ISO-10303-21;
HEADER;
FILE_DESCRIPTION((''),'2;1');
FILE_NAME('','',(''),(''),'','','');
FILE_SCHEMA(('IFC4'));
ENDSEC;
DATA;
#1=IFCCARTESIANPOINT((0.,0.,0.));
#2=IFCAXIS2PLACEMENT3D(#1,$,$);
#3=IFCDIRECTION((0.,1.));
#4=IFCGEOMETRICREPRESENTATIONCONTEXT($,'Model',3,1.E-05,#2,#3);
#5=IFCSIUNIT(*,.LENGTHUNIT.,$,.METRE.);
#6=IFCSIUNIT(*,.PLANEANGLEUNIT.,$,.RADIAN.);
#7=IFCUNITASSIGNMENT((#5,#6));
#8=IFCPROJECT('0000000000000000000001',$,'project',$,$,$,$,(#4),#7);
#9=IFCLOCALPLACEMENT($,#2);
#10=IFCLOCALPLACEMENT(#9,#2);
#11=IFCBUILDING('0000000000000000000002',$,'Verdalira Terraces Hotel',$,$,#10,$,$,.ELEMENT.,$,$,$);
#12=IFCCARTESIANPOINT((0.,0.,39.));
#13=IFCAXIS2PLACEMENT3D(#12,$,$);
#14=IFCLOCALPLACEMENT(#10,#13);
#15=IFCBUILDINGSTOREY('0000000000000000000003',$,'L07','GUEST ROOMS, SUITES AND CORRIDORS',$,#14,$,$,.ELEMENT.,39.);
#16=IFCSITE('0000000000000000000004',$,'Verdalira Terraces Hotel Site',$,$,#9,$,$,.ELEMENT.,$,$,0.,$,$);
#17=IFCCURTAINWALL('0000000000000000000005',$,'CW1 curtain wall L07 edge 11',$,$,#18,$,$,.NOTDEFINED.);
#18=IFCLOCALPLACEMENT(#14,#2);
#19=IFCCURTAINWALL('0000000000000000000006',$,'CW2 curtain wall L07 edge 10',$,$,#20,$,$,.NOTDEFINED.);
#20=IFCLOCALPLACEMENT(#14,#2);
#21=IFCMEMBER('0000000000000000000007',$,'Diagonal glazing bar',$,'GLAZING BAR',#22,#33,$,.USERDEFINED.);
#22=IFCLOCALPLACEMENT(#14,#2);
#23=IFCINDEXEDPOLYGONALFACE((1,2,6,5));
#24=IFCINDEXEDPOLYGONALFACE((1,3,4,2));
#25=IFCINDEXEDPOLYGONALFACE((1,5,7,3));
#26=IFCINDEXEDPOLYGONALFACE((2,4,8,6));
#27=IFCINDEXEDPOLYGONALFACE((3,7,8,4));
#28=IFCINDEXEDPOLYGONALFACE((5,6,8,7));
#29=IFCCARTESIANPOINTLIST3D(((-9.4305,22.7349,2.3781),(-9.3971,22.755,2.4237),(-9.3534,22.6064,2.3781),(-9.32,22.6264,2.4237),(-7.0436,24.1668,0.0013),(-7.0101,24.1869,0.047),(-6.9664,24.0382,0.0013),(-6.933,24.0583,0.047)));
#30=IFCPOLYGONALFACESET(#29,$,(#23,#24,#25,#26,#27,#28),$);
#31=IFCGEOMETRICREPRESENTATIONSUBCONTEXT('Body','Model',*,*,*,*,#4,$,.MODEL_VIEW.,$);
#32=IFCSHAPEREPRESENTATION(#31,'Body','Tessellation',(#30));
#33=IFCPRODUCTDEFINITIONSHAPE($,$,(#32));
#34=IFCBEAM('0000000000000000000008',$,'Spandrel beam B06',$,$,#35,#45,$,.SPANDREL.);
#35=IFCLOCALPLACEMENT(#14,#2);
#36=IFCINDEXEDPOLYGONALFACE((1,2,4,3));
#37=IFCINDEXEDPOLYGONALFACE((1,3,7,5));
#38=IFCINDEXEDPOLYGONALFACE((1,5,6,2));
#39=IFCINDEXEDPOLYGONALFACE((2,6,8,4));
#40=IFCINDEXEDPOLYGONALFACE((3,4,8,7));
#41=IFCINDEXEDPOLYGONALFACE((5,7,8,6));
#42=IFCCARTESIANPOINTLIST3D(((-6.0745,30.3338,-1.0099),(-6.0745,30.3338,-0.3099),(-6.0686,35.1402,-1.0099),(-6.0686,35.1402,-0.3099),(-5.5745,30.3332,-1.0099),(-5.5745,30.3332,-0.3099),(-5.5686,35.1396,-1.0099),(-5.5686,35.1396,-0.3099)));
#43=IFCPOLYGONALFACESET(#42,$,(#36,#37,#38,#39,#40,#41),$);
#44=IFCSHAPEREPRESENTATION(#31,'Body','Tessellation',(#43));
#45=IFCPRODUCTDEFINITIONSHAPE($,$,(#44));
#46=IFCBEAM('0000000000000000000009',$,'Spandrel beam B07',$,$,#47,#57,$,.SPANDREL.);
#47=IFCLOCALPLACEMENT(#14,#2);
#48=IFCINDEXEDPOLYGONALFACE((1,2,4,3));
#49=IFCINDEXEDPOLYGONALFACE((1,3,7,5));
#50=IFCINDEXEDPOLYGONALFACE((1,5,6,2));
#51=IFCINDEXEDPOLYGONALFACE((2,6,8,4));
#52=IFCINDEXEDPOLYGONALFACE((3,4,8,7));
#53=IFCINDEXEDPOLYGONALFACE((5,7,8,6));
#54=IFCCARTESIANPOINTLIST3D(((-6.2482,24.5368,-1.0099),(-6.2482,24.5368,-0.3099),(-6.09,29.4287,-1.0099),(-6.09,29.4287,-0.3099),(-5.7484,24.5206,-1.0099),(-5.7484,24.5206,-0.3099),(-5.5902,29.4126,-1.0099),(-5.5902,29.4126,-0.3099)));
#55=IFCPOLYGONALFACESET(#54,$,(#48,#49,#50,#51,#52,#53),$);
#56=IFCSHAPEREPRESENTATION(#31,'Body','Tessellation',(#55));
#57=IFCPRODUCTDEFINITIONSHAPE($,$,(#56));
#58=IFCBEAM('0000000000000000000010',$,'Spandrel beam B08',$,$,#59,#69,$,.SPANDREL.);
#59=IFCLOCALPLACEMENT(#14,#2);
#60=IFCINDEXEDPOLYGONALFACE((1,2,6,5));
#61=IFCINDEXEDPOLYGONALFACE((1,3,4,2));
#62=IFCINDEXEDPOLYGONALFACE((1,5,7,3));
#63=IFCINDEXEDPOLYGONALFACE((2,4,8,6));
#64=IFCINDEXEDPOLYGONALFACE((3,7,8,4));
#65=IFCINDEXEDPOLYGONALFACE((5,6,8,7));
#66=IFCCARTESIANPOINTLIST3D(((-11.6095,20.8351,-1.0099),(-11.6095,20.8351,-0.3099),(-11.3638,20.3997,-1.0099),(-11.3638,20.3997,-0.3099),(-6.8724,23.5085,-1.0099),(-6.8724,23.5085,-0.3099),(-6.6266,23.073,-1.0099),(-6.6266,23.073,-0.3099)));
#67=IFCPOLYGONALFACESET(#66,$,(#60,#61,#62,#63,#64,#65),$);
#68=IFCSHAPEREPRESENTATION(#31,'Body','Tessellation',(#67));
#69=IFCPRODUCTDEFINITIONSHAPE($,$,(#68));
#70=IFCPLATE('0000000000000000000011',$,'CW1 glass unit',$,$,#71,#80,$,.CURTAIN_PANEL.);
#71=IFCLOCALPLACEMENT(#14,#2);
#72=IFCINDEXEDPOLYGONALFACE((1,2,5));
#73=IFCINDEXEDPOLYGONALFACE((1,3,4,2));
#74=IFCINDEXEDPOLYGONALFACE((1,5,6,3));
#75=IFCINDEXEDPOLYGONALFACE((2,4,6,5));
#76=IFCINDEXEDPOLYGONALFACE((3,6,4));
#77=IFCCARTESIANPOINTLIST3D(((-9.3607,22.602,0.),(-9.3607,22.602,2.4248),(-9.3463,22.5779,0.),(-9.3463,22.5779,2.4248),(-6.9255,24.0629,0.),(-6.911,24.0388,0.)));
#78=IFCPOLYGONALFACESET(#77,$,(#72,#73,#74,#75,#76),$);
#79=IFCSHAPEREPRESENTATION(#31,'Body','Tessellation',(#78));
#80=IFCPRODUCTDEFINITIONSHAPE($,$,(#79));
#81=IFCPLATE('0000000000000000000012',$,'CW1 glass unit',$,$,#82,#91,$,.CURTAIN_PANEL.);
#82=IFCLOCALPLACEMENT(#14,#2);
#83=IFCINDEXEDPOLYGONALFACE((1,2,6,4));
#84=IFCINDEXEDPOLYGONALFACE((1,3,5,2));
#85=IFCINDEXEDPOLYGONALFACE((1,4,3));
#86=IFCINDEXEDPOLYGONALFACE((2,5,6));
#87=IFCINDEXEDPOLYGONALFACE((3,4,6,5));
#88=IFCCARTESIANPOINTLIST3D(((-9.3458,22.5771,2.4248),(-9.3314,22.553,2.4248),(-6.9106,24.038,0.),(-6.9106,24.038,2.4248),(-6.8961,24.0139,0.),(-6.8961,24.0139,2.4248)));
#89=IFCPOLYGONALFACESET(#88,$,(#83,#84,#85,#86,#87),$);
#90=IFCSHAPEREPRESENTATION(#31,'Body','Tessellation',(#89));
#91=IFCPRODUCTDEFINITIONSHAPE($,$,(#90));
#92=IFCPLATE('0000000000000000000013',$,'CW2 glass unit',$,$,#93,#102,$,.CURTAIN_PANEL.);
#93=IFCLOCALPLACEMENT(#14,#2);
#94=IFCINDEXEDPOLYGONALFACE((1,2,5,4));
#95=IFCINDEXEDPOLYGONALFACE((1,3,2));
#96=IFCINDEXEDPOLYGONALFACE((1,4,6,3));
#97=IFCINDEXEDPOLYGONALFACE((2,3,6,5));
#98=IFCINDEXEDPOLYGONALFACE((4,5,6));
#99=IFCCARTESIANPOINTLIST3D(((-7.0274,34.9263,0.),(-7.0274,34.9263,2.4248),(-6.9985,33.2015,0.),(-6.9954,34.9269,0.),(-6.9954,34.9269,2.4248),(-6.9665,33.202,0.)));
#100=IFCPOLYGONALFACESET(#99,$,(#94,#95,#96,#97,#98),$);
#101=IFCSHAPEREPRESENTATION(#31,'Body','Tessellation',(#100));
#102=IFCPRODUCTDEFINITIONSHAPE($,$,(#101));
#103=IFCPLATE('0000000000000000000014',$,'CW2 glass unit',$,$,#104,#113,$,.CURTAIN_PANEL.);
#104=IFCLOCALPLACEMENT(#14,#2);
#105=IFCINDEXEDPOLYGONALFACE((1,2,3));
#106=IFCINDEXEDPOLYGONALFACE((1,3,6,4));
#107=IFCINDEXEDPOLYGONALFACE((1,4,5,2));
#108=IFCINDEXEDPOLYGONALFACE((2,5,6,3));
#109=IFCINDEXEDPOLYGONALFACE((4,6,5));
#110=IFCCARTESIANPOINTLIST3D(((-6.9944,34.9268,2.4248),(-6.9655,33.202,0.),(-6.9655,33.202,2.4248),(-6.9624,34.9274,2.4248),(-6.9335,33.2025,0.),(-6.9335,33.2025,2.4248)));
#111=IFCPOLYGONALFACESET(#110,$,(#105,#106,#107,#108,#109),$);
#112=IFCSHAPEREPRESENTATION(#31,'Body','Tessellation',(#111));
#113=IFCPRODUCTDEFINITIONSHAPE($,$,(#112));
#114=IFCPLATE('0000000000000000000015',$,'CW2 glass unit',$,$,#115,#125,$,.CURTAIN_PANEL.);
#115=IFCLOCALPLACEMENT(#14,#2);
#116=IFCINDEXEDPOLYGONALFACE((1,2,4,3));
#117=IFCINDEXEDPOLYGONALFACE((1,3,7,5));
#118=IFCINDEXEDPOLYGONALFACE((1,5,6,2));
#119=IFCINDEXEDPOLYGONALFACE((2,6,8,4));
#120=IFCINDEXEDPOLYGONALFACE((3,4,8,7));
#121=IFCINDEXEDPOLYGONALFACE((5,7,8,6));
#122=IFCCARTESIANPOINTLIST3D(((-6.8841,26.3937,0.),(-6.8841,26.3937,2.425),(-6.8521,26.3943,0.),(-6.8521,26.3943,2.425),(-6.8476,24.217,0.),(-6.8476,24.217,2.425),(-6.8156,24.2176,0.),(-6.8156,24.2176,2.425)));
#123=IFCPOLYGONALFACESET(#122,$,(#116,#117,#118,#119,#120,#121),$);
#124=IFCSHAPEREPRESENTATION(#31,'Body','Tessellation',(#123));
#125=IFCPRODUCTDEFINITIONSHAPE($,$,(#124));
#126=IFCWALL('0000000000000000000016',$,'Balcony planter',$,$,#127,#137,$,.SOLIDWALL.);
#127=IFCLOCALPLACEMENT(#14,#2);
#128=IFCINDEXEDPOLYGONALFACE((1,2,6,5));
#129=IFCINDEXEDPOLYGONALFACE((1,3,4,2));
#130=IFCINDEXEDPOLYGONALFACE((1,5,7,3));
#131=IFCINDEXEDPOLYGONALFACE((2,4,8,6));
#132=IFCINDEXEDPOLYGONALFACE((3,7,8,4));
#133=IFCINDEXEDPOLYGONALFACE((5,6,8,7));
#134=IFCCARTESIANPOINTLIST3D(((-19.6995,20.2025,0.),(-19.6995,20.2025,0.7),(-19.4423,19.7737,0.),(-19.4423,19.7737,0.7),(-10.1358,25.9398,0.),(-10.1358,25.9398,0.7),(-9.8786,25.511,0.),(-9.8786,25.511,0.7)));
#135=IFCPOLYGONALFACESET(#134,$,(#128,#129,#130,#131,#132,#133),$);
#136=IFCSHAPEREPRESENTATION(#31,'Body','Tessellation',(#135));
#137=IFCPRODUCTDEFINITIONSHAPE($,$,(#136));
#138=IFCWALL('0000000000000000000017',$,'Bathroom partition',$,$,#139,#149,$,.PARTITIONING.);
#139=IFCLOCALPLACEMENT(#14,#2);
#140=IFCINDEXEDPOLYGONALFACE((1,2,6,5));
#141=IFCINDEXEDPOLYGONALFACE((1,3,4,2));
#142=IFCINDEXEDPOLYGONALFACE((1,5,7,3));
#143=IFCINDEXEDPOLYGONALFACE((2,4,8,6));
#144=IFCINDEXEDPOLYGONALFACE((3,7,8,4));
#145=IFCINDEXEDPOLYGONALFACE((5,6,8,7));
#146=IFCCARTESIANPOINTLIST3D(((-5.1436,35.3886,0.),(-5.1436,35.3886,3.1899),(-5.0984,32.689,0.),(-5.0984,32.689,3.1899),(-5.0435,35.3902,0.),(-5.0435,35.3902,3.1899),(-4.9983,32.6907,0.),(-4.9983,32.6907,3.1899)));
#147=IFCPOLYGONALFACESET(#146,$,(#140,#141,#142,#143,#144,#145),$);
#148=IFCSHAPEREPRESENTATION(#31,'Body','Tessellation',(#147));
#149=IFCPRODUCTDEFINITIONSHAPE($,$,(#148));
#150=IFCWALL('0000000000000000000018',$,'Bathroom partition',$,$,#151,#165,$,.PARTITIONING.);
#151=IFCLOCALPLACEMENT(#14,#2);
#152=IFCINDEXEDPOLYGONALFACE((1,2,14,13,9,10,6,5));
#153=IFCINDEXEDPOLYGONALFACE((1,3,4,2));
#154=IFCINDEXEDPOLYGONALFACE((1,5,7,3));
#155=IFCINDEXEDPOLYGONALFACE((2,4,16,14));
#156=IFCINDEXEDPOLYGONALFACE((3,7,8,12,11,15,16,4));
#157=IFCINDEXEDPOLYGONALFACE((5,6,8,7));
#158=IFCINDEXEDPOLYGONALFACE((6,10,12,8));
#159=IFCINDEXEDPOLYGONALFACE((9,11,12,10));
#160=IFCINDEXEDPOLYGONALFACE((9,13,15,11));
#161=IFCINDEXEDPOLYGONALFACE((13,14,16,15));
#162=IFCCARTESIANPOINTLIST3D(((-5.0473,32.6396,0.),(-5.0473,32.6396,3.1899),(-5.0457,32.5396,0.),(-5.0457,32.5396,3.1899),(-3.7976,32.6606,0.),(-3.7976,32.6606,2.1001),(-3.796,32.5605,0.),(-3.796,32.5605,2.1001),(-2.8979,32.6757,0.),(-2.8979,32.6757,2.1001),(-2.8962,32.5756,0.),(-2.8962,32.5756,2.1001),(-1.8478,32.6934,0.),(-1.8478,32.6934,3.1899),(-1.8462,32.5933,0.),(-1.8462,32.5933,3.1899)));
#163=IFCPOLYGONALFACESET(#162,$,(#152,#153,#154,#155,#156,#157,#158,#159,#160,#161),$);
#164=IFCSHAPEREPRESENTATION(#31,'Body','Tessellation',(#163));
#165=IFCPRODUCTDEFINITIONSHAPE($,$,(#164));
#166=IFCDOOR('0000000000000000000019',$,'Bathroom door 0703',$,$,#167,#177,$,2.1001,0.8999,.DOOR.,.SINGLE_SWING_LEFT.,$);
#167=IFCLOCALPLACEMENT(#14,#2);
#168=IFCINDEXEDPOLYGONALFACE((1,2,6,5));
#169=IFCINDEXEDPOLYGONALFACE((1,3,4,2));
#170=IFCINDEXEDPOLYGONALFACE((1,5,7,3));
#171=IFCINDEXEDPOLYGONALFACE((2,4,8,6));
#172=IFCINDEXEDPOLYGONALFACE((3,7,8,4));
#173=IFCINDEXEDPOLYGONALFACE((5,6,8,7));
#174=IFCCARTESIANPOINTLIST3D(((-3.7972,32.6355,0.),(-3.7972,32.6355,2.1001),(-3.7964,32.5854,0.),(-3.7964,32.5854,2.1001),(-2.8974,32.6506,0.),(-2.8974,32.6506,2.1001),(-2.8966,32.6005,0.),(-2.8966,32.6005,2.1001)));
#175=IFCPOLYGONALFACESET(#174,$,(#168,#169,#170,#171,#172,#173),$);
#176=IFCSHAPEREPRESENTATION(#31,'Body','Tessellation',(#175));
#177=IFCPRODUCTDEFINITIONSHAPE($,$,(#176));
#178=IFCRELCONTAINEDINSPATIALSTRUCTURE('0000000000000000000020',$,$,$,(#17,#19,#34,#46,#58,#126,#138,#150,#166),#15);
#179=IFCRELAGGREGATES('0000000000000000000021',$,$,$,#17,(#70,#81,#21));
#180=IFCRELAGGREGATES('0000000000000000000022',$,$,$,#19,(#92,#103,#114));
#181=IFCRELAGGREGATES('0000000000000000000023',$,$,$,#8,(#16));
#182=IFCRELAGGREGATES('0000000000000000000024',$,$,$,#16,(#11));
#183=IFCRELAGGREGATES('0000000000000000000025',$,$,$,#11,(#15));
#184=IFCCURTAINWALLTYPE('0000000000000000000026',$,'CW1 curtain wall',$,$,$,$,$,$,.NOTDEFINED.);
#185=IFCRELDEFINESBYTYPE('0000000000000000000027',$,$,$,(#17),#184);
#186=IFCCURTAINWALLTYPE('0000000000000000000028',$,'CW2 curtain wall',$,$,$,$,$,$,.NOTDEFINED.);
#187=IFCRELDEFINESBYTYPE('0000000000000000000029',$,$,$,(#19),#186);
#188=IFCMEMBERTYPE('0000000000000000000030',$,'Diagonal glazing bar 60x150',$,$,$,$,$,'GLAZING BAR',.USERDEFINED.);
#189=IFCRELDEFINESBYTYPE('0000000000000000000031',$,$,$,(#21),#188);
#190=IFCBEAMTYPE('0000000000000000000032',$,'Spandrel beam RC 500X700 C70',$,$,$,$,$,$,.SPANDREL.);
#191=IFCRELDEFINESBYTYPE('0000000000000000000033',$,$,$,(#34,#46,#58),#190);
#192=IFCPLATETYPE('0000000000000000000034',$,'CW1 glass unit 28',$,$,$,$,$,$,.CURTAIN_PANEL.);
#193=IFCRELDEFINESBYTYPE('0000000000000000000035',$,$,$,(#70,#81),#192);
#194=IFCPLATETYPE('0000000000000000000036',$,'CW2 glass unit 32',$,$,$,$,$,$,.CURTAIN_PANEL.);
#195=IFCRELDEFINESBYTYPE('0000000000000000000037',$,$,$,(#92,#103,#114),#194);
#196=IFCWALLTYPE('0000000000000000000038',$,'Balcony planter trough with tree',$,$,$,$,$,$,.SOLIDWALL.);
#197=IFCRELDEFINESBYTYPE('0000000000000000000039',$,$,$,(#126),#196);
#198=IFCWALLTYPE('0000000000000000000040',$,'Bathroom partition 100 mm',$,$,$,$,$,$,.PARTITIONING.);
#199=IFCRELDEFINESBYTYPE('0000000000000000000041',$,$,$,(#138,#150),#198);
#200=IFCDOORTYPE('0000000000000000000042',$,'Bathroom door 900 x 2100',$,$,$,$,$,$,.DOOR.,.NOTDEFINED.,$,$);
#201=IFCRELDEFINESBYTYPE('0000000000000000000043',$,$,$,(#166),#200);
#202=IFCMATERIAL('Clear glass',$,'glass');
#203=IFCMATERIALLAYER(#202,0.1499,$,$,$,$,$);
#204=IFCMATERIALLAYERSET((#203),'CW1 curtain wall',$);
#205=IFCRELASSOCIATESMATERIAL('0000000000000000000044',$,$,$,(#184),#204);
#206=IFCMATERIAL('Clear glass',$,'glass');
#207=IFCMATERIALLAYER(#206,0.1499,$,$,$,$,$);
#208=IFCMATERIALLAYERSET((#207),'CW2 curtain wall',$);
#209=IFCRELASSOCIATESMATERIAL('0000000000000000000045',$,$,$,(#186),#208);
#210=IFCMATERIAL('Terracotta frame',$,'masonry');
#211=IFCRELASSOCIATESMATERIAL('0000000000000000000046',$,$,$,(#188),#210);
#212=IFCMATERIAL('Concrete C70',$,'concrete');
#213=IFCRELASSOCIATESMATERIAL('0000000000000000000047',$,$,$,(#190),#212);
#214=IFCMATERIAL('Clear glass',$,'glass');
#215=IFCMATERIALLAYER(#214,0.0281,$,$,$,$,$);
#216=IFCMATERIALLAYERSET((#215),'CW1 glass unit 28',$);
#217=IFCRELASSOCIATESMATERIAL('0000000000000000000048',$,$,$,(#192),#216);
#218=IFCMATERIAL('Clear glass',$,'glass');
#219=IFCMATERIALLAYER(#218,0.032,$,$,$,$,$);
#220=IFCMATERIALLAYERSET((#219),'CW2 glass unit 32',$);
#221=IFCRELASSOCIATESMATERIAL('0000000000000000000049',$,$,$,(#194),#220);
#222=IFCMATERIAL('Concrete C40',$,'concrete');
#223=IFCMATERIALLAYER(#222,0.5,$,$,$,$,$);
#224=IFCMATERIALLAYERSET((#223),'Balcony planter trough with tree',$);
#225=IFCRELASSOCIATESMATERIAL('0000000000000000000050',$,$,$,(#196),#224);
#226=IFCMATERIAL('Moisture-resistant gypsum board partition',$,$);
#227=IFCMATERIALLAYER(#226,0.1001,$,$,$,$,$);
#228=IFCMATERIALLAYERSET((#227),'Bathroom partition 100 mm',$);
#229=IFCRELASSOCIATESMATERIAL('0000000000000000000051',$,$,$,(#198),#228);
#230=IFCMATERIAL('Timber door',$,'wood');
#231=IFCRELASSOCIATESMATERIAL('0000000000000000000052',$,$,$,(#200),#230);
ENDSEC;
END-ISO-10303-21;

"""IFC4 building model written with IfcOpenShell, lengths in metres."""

from ifc_helpers import new_model, si_unit, direction, frame, frame_2d, origin, origin_2d, place, context, subcontext, project, spatial, polyline, rectangle, outline, extrude, material, layer, layer_set, material_profile, profile_set, type_object, element, fill, aggregate, save


model = new_model("IFC4")

# Units and contexts
model_context = context("Model", 3, precision=1e-05, world=origin(), true_north=direction((0.0, 1.0)))
body_context = subcontext(model_context, "Body", "Model", "MODEL_VIEW")
ifc_project = project(units=[si_unit("LENGTHUNIT", "METRE"), si_unit("PLANEANGLEUNIT", "RADIAN")], contexts=[model_context])

# Site, building, storey
site_placement = place(None, origin())
site = spatial("IfcSite", under=ifc_project, at=site_placement, Name="Verdalira Terraces Hotel Site", CompositionType="ELEMENT", RefElevation=0.0)
building_placement = place(site_placement, origin())
building = spatial("IfcBuilding", under=site, at=building_placement, Name="Verdalira Terraces Hotel", CompositionType="ELEMENT")
storey_placement = place(building_placement, frame((0.0, 0.0, 39.0)))
storey = spatial("IfcBuildingStorey", under=building, at=storey_placement, Name="L07", Description="GUEST ROOMS, SUITES AND CORRIDORS", CompositionType="ELEMENT", Elevation=39.0)

# Curtain walls
ifc_material_1 = material(Name="Clear glass", Category="glass")
ifc_layer_1 = layer(ifc_material_1, 0.1499)
ifc_layer_set_1 = layer_set([ifc_layer_1], Name="CW1 curtain wall")
curtain_wall_type_1 = type_object("IfcCurtainWallType", Name="CW1 curtain wall", PredefinedType="NOTDEFINED", material=ifc_layer_set_1)
curtain_wall_1_placement = place(storey_placement, origin())
curtain_wall_1 = element("IfcCurtainWall", 1, at=curtain_wall_1_placement, inside=storey, type_object=curtain_wall_type_1, Name="CW1 curtain wall L07 edge 11", PredefinedType="NOTDEFINED")
ifc_material_2 = material(Name="Clear glass", Category="glass")
ifc_layer_2 = layer(ifc_material_2, 0.1499)
ifc_layer_set_2 = layer_set([ifc_layer_2], Name="CW2 curtain wall")
curtain_wall_type_2 = type_object("IfcCurtainWallType", Name="CW2 curtain wall", PredefinedType="NOTDEFINED", material=ifc_layer_set_2)
curtain_wall_2_placement = place(storey_placement, origin())
curtain_wall_2 = element("IfcCurtainWall", 2, at=curtain_wall_2_placement, inside=storey, type_object=curtain_wall_type_2, Name="CW2 curtain wall L07 edge 10", PredefinedType="NOTDEFINED")
ifc_material_3 = material(Name="Terracotta frame", Category="masonry")
ifc_material_profile_1 = material_profile(ifc_material_3, rectangle(XDim=0.1499, YDim=0.0601, at=origin_2d()), Name="GB 60x150")
ifc_profile_set_1 = profile_set([ifc_material_profile_1], Name="Terracotta frame")
member_type_1 = type_object("IfcMemberType", Name="Diagonal glazing bar 60x150", ElementType="GLAZING BAR", PredefinedType="USERDEFINED", material=ifc_profile_set_1)

# Member
member_1_placement = place(storey_placement, frame((-6.9883, 24.1125, 0.0242), z_axis=(-0.652151, -0.39121, 0.649349), x_axis=(0.514418, -0.857539, 0.0)))
member_1 = element("IfcMember", 3, at=member_1_placement, type_object=member_type_1, Name="Diagonal glazing bar", ObjectType="GLAZING BAR", PredefinedType="USERDEFINED", context=body_context, shape_type="SweptSolid", body=[
    extrude(rectangle(XDim=0.1499, YDim=0.0601, at=origin_2d()), origin(), (0.0, 0.0, 1.0), 3.6602),
])

# Beams
ifc_material_4 = material(Name="Concrete C70", Category="concrete")
ifc_material_profile_2 = material_profile(ifc_material_4, rectangle(XDim=0.5, YDim=0.7, at=origin_2d()), Name="RC 500X700")
ifc_profile_set_2 = profile_set([ifc_material_profile_2], Name="Concrete C70")
beam_type_1 = type_object("IfcBeamType", Name="Spandrel beam RC 500X700 C70", PredefinedType="SPANDREL", material=ifc_profile_set_2)
beam_1_placement = place(storey_placement, frame((-5.8186, 35.1399, -0.6599), z_axis=(-0.001219, -0.999999, 0.0), x_axis=(0.999999, -0.001219, 0.0)))
element("IfcBeam", 4, at=beam_1_placement, inside=storey, type_object=beam_type_1, Name="Spandrel beam B06", PredefinedType="SPANDREL", context=body_context, shape_type="SweptSolid", body=[
    extrude(rectangle(XDim=0.5, YDim=0.7, at=origin_2d()), origin(), (0.0, 0.0, 1.0), 4.8064),
])
beam_2_placement = place(storey_placement, frame((-5.8401, 29.4207, -0.6599), z_axis=(-0.032322, -0.999478, 0.0), x_axis=(0.999478, -0.032322, 0.0)))
element("IfcBeam", 5, at=beam_2_placement, inside=storey, type_object=beam_type_1, Name="Spandrel beam B07", PredefinedType="SPANDREL", context=body_context, shape_type="SweptSolid", body=[
    extrude(rectangle(XDim=0.5, YDim=0.7, at=origin_2d()), origin(), (0.0, 0.0, 1.0), 4.8945),
])
beam_3_placement = place(storey_placement, frame((-6.7495, 23.2908, -0.6599), z_axis=(-0.870888, -0.491482, 0.0), x_axis=(0.491482, -0.870888, 0.0)))
element("IfcBeam", 6, at=beam_3_placement, inside=storey, type_object=beam_type_1, Name="Spandrel beam B08", PredefinedType="SPANDREL", context=body_context, shape_type="SweptSolid", body=[
    extrude(rectangle(XDim=0.5, YDim=0.7, at=origin_2d()), origin(), (0.0, 0.0, 1.0), 5.4395),
])

# Plates
ifc_material_5 = material(Name="Clear glass", Category="glass")
ifc_layer_3 = layer(ifc_material_5, 0.0281)
ifc_layer_set_3 = layer_set([ifc_layer_3], Name="CW1 glass unit 28")
plate_type_1 = type_object("IfcPlateType", Name="CW1 glass unit 28", PredefinedType="CURTAIN_PANEL", material=ifc_layer_set_3)
plate_1_placement = place(storey_placement, frame((-8.1287, 23.3084, 1.2124), z_axis=(-0.51444, 0.857527, 0.0), x_axis=(-0.857527, -0.51444, 0.0)))
plate_1 = element("IfcPlate", 7, at=plate_1_placement, type_object=plate_type_1, Name="CW1 glass unit", PredefinedType="CURTAIN_PANEL", context=body_context, shape_type="SweptSolid", body=[
    extrude(outline(polyline([(-1.4199, -1.2124), (1.4199, -1.2124), (1.4199, 1.2124), (-1.4199, -1.2124)])), origin(), (0.0, 0.0, 1.0), 0.0281),
])
plate_2_placement = place(storey_placement, frame((-8.1138, 23.2834, 1.2124), z_axis=(-0.51444, 0.857527, 0.0), x_axis=(-0.857527, -0.51444, 0.0)))
plate_2 = element("IfcPlate", 8, at=plate_2_placement, type_object=plate_type_1, Name="CW1 glass unit", PredefinedType="CURTAIN_PANEL", context=body_context, shape_type="SweptSolid", body=[
    extrude(outline(polyline([(-1.4199, -1.2124), (1.4199, 1.2124), (-1.4199, 1.2124), (-1.4199, -1.2124)])), origin(), (0.0, 0.0, 1.0), 0.0281),
])
aggregate(curtain_wall_1, [plate_1, plate_2, member_1])
ifc_material_6 = material(Name="Clear glass", Category="glass")
ifc_layer_4 = layer(ifc_material_6, 0.032)
ifc_layer_set_4 = layer_set([ifc_layer_4], Name="CW2 glass unit 32")
plate_type_2 = type_object("IfcPlateType", Name="CW2 glass unit 32", PredefinedType="CURTAIN_PANEL", material=ifc_layer_set_4)
plate_3_placement = place(storey_placement, frame((-6.981, 34.0645, 1.2124), z_axis=(-0.99986, -0.016754, 0.0), x_axis=(0.016754, -0.99986, 0.0)))
plate_3 = element("IfcPlate", 9, at=plate_3_placement, type_object=plate_type_2, Name="CW2 glass unit", PredefinedType="CURTAIN_PANEL", context=body_context, shape_type="SweptSolid", body=[
    extrude(outline(polyline([(-0.8625, -1.2124), (0.8625, -1.2124), (-0.8625, 1.2124), (-0.8625, -1.2124)])), origin(), (0.0, 0.0, 1.0), 0.032),
])
plate_4_placement = place(storey_placement, frame((-6.948, 34.0649, 1.2124), z_axis=(-0.99986, -0.016754, 0.0), x_axis=(0.016754, -0.99986, 0.0)))
plate_4 = element("IfcPlate", 10, at=plate_4_placement, type_object=plate_type_2, Name="CW2 glass unit", PredefinedType="CURTAIN_PANEL", context=body_context, shape_type="SweptSolid", body=[
    extrude(outline(polyline([(0.8625, -1.2124), (0.8625, 1.2124), (-0.8625, 1.2124), (0.8625, -1.2124)])), origin(), (0.0, 0.0, 1.0), 0.032),
])
plate_5_placement = place(storey_placement, frame((-6.8499, 25.3057, 0.0), z_axis=(0.0, 0.0, 1.0), x_axis=(0.016754, -0.99986, 0.0)))
plate_5 = element("IfcPlate", 11, at=plate_5_placement, type_object=plate_type_2, Name="CW2 glass unit", PredefinedType="CURTAIN_PANEL", context=body_context, shape_type="SweptSolid", body=[
    extrude(rectangle(XDim=2.177, YDim=0.032, at=origin_2d()), origin(), (0.0, 0.0, 1.0), 2.425),
])
aggregate(curtain_wall_2, [plate_3, plate_4, plate_5])

# Walls
ifc_material_7 = material(Name="Concrete C40", Category="concrete")
ifc_layer_5 = layer(ifc_material_7, 0.5)
ifc_layer_set_5 = layer_set([ifc_layer_5], Name="Balcony planter trough with tree")
wall_type_1 = type_object("IfcWallType", Name="Balcony planter trough with tree", PredefinedType="SOLIDWALL", material=ifc_layer_set_5)
wall_1_placement = place(storey_placement, frame((-10.0073, 25.7253, 0.0), z_axis=(0.0, 0.0, 1.0), x_axis=(-0.85753, -0.514435, 0.0)))
element("IfcWall", 12, at=wall_1_placement, inside=storey, type_object=wall_type_1, Name="Balcony planter", PredefinedType="SOLIDWALL", context=body_context, shape_type="SweptSolid", body=[
    extrude(rectangle(XDim=11.1526, YDim=0.5, at=frame_2d((5.5762, 0.0))), origin(), (0.0, 0.0, 1.0), 0.7),
])
ifc_material_8 = material(Name="Moisture-resistant gypsum board partition")
ifc_layer_6 = layer(ifc_material_8, 0.1001)
ifc_layer_set_6 = layer_set([ifc_layer_6], Name="Bathroom partition 100 mm")
wall_type_2 = type_object("IfcWallType", Name="Bathroom partition 100 mm", PredefinedType="PARTITIONING", material=ifc_layer_set_6)
wall_2_placement = place(storey_placement, frame((-5.0483, 32.6897, 0.0), z_axis=(0.0, 0.0, 1.0), x_axis=(-0.016729, 0.99986, 0.0)))
element("IfcWall", 13, at=wall_2_placement, inside=storey, type_object=wall_type_2, Name="Bathroom partition", PredefinedType="PARTITIONING", context=body_context, shape_type="SweptSolid", body=[
    extrude(rectangle(XDim=2.7, YDim=0.1001, at=frame_2d((1.3501, 0.0))), origin(), (0.0, 0.0, 1.0), 3.1899),
])

# Wall, opening, door
wall_3_placement = place(storey_placement, frame((-5.0466, 32.5896, 0.0), z_axis=(0.0, 0.0, 1.0), x_axis=(0.999859, 0.016785, 0.0)))
wall_3 = element("IfcWall", 14, at=wall_3_placement, inside=storey, type_object=wall_type_2, Name="Bathroom partition", PredefinedType="PARTITIONING", context=body_context, shape_type="SweptSolid", body=[
    extrude(rectangle(XDim=3.2, YDim=0.1001, at=frame_2d((1.6001, 0.0))), origin(), (0.0, 0.0, 1.0), 3.1899),
])
opening_1_placement = place(wall_3_placement, frame((1.25, 0.0, 0.0)))
opening_1 = element("IfcOpeningElement", 15, at=opening_1_placement, cuts=wall_3, PredefinedType="OPENING", context=body_context, shape_type="SweptSolid", body=[
    extrude(rectangle(XDim=0.8999, YDim=2.1001, at=frame_2d((0.45, 1.05))), frame((0.0, 0.0601, 0.0), z_axis=(0.0, -1.0, 0.0), x_axis=(1.0, 0.0, 0.0)), (0.0, 0.0, 1.0), 0.1201),
])
ifc_material_9 = material(Name="Timber door", Category="wood")
door_type_1 = type_object("IfcDoorType", Name="Bathroom door 900 x 2100", OperationType="NOTDEFINED", PredefinedType="DOOR", material=ifc_material_9)
door_1_placement = place(opening_1_placement, origin())
door_1 = element("IfcDoor", 16, at=door_1_placement, inside=storey, type_object=door_type_1, Name="Bathroom door 0703", OperationType="SINGLE_SWING_LEFT", OverallHeight=2.1001, OverallWidth=0.8999, PredefinedType="DOOR", context=body_context, shape_type="SweptSolid", body=[
    extrude(rectangle(XDim=0.8999, YDim=2.1001, at=frame_2d((0.45, 1.05))), frame((0.0, 0.0249, 0.0), z_axis=(0.0, -1.0, 0.0), x_axis=(1.0, 0.0, 0.0)), (0.0, 0.0, 1.0), 0.05),
])
fill(opening_1, door_1)

save(model, "model.ifc")
